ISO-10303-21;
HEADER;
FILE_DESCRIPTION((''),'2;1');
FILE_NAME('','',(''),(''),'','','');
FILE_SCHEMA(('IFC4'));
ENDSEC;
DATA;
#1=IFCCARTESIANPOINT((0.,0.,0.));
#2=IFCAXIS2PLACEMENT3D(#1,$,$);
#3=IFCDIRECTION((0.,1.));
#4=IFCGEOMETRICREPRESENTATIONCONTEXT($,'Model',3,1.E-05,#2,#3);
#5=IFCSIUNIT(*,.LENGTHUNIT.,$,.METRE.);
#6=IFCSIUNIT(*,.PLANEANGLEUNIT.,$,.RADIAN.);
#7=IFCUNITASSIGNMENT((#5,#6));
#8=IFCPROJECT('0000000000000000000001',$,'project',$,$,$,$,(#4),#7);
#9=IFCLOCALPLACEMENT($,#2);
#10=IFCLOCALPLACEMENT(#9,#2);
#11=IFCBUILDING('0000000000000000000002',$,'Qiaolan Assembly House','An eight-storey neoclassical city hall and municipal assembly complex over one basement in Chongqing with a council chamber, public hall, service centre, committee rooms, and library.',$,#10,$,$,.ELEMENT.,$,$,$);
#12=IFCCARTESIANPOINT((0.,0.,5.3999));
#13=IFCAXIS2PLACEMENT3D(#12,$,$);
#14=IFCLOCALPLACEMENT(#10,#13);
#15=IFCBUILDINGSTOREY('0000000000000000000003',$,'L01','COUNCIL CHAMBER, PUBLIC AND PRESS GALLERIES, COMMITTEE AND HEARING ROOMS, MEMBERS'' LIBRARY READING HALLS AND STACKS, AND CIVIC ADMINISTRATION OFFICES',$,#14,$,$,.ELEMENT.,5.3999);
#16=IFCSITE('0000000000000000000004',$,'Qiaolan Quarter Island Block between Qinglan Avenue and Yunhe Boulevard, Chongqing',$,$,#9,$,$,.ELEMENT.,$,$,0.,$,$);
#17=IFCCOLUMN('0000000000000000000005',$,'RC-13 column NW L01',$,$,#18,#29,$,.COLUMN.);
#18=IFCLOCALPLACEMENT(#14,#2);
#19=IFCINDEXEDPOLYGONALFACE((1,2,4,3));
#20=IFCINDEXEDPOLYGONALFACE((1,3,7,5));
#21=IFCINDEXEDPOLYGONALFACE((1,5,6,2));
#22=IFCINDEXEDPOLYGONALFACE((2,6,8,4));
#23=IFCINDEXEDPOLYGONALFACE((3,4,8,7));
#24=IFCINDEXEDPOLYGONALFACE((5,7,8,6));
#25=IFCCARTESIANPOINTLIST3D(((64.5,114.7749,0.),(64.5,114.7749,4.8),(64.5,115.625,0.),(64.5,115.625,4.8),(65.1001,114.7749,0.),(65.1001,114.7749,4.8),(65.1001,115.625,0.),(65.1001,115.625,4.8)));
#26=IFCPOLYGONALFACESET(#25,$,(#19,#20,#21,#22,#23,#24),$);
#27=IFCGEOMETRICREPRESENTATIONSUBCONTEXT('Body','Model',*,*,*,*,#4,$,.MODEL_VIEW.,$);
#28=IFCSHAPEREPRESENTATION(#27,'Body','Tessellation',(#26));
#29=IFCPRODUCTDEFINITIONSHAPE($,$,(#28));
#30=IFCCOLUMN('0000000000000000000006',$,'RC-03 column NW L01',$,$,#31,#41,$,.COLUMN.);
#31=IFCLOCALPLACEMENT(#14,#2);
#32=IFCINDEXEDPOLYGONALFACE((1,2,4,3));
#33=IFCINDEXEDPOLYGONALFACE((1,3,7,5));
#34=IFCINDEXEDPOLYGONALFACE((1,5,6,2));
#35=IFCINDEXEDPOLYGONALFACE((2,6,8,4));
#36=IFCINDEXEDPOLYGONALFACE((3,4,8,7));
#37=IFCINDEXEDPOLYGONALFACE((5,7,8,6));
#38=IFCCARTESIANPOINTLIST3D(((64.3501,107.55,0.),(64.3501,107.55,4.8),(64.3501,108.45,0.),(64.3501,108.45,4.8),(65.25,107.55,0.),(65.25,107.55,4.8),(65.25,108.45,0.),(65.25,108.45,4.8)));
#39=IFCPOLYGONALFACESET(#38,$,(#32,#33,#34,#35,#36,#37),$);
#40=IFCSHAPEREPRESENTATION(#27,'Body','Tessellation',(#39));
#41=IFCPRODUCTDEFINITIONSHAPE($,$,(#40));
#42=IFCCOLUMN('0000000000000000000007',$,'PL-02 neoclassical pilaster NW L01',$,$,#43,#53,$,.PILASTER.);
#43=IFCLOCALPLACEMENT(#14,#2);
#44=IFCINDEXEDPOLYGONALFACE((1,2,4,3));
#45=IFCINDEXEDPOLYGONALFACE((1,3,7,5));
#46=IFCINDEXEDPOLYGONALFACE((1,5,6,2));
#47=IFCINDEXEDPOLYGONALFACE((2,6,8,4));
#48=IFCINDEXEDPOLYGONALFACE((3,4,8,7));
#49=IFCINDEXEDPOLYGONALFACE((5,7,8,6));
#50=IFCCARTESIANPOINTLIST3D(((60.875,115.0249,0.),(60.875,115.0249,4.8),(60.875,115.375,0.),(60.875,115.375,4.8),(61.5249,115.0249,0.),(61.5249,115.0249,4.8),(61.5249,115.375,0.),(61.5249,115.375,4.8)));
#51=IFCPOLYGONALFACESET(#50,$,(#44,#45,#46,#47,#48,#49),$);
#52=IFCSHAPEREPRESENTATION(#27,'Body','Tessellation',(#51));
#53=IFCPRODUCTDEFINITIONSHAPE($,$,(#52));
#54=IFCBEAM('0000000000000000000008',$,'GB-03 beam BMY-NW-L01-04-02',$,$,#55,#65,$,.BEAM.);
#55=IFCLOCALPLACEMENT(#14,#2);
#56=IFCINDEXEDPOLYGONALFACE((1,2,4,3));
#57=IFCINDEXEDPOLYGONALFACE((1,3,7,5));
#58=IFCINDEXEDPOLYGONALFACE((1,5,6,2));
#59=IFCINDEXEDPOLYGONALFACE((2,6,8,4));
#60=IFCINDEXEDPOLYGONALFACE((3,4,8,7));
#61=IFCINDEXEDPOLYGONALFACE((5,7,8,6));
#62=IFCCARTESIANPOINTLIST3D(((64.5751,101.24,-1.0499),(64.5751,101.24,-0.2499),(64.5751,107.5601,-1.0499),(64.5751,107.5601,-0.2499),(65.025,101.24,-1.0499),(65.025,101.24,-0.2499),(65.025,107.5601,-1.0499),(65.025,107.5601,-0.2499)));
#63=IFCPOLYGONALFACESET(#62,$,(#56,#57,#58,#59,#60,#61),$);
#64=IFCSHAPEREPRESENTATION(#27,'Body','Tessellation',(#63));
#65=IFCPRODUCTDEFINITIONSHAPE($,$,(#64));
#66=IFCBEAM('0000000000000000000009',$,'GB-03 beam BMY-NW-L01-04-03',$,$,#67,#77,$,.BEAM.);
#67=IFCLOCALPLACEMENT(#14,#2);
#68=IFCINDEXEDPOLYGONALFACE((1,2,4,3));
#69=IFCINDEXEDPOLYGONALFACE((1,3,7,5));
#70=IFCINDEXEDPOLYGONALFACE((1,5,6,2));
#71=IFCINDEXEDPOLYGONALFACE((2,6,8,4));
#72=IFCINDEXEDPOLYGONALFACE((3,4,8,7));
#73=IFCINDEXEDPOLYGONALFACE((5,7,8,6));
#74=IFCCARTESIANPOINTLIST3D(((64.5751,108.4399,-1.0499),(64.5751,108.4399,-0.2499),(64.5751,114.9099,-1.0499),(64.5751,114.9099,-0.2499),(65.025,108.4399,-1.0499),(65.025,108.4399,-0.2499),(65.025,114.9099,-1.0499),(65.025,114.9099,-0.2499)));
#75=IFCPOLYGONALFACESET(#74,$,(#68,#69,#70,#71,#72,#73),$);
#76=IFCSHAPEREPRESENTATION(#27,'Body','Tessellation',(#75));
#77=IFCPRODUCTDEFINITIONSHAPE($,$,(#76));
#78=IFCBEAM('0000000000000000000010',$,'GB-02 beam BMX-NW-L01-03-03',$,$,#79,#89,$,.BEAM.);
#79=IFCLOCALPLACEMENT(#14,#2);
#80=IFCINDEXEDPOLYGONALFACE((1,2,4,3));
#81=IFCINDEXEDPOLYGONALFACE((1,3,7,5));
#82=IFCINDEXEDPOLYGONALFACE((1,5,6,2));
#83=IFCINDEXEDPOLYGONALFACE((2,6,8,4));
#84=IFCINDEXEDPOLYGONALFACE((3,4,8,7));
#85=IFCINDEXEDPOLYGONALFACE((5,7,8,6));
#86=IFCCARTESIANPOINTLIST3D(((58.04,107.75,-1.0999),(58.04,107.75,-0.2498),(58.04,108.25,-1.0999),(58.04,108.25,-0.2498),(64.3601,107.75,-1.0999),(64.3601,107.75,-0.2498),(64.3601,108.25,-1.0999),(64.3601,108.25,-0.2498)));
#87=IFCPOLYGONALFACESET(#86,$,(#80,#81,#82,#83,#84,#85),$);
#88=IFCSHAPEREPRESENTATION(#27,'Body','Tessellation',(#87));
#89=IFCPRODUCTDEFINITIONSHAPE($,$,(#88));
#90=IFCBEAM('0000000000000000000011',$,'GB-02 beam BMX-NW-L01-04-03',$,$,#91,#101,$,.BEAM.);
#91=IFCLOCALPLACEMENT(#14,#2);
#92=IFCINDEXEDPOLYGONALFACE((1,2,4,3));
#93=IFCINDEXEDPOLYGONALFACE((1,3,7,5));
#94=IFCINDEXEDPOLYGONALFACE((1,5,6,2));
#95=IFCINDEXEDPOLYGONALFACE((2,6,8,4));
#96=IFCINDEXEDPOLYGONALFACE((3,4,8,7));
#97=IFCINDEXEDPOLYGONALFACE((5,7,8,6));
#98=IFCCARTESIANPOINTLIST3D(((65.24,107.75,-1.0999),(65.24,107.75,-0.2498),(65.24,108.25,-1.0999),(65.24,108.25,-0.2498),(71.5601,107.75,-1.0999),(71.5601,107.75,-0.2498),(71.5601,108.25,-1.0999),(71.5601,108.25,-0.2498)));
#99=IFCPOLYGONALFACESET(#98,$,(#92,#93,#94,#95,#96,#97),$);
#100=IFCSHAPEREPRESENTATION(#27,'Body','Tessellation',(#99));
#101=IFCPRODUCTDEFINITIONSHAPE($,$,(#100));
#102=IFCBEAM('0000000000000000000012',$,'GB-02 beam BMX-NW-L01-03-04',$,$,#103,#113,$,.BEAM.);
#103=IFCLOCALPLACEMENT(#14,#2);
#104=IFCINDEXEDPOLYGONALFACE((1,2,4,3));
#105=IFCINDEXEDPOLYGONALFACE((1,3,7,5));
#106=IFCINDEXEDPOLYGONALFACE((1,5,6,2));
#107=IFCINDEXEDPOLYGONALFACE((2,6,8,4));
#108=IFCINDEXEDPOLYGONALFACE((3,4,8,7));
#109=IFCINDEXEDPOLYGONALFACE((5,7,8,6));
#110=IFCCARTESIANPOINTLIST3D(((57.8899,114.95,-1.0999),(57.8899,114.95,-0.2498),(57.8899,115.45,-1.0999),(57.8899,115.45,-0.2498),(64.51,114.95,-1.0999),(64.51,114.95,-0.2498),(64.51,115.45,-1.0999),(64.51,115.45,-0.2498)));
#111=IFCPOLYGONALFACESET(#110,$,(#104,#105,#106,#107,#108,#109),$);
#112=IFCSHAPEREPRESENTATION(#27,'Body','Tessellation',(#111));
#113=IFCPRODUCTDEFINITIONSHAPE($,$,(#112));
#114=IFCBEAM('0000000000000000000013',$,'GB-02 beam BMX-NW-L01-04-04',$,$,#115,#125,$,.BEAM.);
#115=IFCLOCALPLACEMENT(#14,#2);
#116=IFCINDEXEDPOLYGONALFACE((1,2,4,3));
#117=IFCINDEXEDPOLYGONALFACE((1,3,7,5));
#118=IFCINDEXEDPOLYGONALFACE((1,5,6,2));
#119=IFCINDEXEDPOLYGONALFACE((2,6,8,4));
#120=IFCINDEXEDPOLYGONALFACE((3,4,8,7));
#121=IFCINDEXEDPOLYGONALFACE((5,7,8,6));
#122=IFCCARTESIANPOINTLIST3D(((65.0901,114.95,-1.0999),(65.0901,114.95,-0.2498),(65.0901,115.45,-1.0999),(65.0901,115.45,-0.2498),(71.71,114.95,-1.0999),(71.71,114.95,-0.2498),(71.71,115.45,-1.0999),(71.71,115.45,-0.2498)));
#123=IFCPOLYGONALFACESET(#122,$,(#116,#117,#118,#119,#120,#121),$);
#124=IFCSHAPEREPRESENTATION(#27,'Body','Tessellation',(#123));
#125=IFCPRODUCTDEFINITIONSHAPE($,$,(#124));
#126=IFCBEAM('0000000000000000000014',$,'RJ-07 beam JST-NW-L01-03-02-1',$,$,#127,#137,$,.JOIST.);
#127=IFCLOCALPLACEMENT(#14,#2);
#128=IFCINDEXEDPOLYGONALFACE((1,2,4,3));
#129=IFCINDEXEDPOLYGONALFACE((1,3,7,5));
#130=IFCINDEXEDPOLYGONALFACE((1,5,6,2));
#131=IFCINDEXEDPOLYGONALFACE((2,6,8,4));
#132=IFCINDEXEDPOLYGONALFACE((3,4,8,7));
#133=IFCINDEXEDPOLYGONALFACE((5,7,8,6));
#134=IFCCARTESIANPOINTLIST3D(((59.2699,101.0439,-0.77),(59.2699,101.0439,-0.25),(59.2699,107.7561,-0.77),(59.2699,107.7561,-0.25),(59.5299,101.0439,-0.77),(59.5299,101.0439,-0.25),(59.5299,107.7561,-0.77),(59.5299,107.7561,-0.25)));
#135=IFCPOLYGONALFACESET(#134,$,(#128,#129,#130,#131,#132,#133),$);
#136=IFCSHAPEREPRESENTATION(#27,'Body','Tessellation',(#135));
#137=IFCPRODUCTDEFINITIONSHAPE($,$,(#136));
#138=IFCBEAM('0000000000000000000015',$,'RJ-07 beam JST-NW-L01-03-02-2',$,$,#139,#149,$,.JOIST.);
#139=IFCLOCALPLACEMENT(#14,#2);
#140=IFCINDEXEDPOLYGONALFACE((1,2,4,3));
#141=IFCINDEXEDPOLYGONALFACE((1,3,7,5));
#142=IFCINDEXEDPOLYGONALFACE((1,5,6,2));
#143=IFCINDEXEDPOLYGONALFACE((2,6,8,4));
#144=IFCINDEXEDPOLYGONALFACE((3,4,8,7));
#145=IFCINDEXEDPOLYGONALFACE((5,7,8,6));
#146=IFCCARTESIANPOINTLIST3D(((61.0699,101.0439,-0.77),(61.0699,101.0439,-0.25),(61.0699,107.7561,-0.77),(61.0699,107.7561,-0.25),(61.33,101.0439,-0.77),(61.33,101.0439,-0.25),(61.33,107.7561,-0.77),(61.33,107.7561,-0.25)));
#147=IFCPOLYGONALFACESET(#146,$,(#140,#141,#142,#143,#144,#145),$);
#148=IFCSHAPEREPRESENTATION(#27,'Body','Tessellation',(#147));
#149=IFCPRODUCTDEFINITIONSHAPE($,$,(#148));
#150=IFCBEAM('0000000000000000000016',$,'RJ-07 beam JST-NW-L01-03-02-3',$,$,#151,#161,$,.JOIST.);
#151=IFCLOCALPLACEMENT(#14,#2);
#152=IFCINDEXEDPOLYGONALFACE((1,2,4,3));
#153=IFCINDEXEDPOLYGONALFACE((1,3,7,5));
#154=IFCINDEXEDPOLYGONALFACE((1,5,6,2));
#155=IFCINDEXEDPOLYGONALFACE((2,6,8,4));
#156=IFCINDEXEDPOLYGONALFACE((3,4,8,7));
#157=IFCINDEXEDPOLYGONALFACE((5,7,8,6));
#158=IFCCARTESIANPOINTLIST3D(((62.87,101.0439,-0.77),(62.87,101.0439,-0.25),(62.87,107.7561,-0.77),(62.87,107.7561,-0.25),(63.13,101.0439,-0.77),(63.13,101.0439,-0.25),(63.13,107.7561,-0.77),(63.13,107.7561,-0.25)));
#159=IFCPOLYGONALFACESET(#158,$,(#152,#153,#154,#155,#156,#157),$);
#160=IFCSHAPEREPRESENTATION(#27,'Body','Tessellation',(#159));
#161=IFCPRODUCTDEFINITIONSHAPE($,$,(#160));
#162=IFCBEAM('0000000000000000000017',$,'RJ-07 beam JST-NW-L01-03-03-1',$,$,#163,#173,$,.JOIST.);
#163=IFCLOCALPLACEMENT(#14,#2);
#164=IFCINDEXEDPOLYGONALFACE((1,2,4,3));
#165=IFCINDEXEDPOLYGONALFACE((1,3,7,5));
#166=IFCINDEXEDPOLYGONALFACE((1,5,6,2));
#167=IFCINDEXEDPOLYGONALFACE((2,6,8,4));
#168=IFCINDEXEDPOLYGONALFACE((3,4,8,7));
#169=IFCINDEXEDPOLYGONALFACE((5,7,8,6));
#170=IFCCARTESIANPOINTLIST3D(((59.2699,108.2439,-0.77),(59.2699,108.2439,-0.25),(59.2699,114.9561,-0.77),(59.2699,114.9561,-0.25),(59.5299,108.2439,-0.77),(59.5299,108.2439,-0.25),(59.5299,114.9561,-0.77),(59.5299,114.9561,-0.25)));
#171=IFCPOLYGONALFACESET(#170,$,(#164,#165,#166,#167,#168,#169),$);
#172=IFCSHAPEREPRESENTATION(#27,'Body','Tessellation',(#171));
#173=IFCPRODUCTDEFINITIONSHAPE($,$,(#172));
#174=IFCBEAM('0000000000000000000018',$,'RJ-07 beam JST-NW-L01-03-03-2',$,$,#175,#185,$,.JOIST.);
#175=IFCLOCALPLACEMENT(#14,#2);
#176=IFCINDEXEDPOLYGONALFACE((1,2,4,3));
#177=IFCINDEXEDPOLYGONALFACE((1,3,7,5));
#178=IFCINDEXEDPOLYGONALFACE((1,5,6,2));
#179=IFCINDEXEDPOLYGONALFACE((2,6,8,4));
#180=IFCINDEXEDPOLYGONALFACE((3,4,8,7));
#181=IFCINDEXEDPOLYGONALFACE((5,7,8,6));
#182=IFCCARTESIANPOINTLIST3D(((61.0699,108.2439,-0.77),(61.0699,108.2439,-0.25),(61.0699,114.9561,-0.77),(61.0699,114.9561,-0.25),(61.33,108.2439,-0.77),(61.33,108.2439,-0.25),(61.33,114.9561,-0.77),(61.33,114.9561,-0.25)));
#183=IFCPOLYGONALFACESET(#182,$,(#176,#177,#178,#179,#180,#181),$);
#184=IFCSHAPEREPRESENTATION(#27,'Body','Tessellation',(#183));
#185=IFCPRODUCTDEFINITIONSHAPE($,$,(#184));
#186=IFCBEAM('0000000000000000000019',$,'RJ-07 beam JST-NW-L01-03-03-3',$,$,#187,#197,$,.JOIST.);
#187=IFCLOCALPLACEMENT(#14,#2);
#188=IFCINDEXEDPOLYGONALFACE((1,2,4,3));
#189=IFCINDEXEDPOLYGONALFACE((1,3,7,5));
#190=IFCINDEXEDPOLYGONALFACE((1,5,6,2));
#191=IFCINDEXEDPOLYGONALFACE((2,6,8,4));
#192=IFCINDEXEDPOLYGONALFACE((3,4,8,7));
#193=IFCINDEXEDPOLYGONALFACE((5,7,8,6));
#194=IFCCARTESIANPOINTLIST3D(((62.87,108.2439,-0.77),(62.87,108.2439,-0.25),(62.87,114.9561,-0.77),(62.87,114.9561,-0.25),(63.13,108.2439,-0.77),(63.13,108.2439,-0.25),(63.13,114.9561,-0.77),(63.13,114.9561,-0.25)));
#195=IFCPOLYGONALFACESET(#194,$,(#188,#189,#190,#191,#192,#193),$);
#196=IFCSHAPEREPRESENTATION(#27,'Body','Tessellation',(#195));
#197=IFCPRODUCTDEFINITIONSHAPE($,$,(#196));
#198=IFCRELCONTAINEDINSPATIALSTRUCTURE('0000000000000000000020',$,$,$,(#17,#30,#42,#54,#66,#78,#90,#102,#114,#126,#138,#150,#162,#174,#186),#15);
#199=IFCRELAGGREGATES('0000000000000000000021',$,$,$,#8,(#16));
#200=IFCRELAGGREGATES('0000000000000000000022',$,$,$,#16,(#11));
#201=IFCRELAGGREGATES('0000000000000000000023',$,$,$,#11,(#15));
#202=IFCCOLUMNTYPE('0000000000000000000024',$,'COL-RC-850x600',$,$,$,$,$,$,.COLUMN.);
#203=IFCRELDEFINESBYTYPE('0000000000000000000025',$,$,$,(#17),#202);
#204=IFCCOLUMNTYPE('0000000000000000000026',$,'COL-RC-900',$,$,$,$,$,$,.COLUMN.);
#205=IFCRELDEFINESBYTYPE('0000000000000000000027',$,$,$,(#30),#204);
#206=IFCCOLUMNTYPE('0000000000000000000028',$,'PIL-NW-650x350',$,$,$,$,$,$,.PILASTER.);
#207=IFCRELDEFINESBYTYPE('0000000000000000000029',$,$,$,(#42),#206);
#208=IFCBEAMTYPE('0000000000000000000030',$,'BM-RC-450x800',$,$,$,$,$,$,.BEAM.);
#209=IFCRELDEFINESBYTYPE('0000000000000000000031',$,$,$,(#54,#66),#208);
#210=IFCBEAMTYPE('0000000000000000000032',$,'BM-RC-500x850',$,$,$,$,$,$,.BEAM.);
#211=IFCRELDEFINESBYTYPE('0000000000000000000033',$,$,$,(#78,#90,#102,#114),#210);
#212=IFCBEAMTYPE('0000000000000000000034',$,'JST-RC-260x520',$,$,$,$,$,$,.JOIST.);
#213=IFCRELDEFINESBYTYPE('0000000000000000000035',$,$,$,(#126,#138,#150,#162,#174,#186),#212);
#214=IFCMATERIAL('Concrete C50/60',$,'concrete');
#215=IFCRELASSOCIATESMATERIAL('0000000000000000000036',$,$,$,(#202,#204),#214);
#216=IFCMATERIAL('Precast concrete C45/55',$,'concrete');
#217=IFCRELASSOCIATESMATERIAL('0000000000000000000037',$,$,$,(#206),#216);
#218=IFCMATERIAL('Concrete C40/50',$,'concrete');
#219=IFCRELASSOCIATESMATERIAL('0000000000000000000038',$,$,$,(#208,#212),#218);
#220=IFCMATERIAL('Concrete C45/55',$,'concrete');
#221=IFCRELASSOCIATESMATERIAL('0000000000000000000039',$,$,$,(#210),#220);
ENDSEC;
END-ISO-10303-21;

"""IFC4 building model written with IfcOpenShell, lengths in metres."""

from ifc_helpers import new_model, si_unit, direction, frame, origin, origin_2d, place, context, subcontext, project, spatial, rectangle, extrude, material, material_profile, profile_set, type_object, element, save


model = new_model("IFC4")

# Units and contexts
model_context = context("Model", 3, precision=1e-05, world=origin(), true_north=direction((0.0, 1.0)))
body_context = subcontext(model_context, "Body", "Model", "MODEL_VIEW")
ifc_project = project(units=[si_unit("LENGTHUNIT", "METRE"), si_unit("PLANEANGLEUNIT", "RADIAN")], contexts=[model_context])

# Site, building, storey
site_placement = place(None, origin())
site = spatial("IfcSite", under=ifc_project, at=site_placement, Name="Qiaolan Quarter Island Block between Qinglan Avenue and Yunhe Boulevard, Chongqing", CompositionType="ELEMENT", RefElevation=0.0)
building_placement = place(site_placement, origin())
building = spatial("IfcBuilding", under=site, at=building_placement, Name="Qiaolan Assembly House", Description="An eight-storey neoclassical city hall and municipal assembly complex over one basement in Chongqing with a council chamber, public hall, service centre, committee rooms, and library.", CompositionType="ELEMENT")
storey_placement = place(building_placement, frame((0.0, 0.0, 5.3999)))
storey = spatial("IfcBuildingStorey", under=building, at=storey_placement, Name="L01", Description="COUNCIL CHAMBER, PUBLIC AND PRESS GALLERIES, COMMITTEE AND HEARING ROOMS, MEMBERS' LIBRARY READING HALLS AND STACKS, AND CIVIC ADMINISTRATION OFFICES", CompositionType="ELEMENT", Elevation=5.3999)

# Columns
ifc_material_1 = material(Name="Concrete C50/60", Category="concrete")
ifc_material_profile_1 = material_profile(ifc_material_1, rectangle(XDim=0.6001, YDim=0.8501, at=origin_2d()), Name="RC 850x600")
ifc_profile_set_1 = profile_set([ifc_material_profile_1], Name="Concrete C50/60")
column_type_1 = type_object("IfcColumnType", Name="COL-RC-850x600", PredefinedType="COLUMN", material=ifc_profile_set_1)
column_1_placement = place(storey_placement, frame((64.8, 115.2, 0.0), z_axis=(0.0, 0.0, 1.0), x_axis=(1.0, 0.0, 0.0)))
element("IfcColumn", 1, at=column_1_placement, inside=storey, type_object=column_type_1, Name="RC-13 column NW L01", PredefinedType="COLUMN", context=body_context, shape_type="SweptSolid", body=[
    extrude(rectangle(XDim=0.6001, YDim=0.8501, at=origin_2d()), origin(), (0.0, 0.0, 1.0), 4.8),
])
ifc_material_profile_2 = material_profile(ifc_material_1, rectangle(XDim=0.8999, YDim=0.8999, at=origin_2d()), Name="RC 900x900")
ifc_profile_set_2 = profile_set([ifc_material_profile_2], Name="Concrete C50/60")
column_type_2 = type_object("IfcColumnType", Name="COL-RC-900", PredefinedType="COLUMN", material=ifc_profile_set_2)
column_2_placement = place(storey_placement, frame((64.8, 108.0, 0.0), z_axis=(0.0, 0.0, 1.0), x_axis=(1.0, 0.0, 0.0)))
element("IfcColumn", 2, at=column_2_placement, inside=storey, type_object=column_type_2, Name="RC-03 column NW L01", PredefinedType="COLUMN", context=body_context, shape_type="SweptSolid", body=[
    extrude(rectangle(XDim=0.8999, YDim=0.8999, at=origin_2d()), origin(), (0.0, 0.0, 1.0), 4.8),
])
ifc_material_2 = material(Name="Precast concrete C45/55", Category="concrete")
ifc_material_profile_3 = material_profile(ifc_material_2, rectangle(XDim=0.6499, YDim=0.3501, at=origin_2d()), Name="PIL 650x350")
ifc_profile_set_3 = profile_set([ifc_material_profile_3], Name="Precast concrete C45/55")
column_type_3 = type_object("IfcColumnType", Name="PIL-NW-650x350", PredefinedType="PILASTER", material=ifc_profile_set_3)
column_3_placement = place(storey_placement, frame((61.2, 115.2, 0.0), z_axis=(0.0, 0.0, 1.0), x_axis=(1.0, 0.0, 0.0)))
element("IfcColumn", 3, at=column_3_placement, inside=storey, type_object=column_type_3, Name="PL-02 neoclassical pilaster NW L01", PredefinedType="PILASTER", context=body_context, shape_type="SweptSolid", body=[
    extrude(rectangle(XDim=0.6499, YDim=0.3501, at=origin_2d()), origin(), (0.0, 0.0, 1.0), 4.8),
])

# Beams
ifc_material_3 = material(Name="Concrete C40/50", Category="concrete")
ifc_material_profile_4 = material_profile(ifc_material_3, rectangle(XDim=0.45, YDim=0.8, at=origin_2d()), Name="RCB 450x800")
ifc_profile_set_4 = profile_set([ifc_material_profile_4], Name="Concrete C40/50")
beam_type_1 = type_object("IfcBeamType", Name="BM-RC-450x800", PredefinedType="BEAM", material=ifc_profile_set_4)
beam_1_placement = place(storey_placement, frame((64.8, 101.24, -0.6499), z_axis=(0.0, 1.0, 0.0), x_axis=(-1.0, 0.0, 0.0)))
element("IfcBeam", 4, at=beam_1_placement, inside=storey, type_object=beam_type_1, Name="GB-03 beam BMY-NW-L01-04-02", PredefinedType="BEAM", context=body_context, shape_type="SweptSolid", body=[
    extrude(rectangle(XDim=0.45, YDim=0.8, at=origin_2d()), origin(), (0.0, 0.0, 1.0), 6.3201),
])
beam_2_placement = place(storey_placement, frame((64.8, 108.4399, -0.6499), z_axis=(0.0, 1.0, 0.0), x_axis=(-1.0, 0.0, 0.0)))
element("IfcBeam", 5, at=beam_2_placement, inside=storey, type_object=beam_type_1, Name="GB-03 beam BMY-NW-L01-04-03", PredefinedType="BEAM", context=body_context, shape_type="SweptSolid", body=[
    extrude(rectangle(XDim=0.45, YDim=0.8, at=origin_2d()), origin(), (0.0, 0.0, 1.0), 6.47),
])
ifc_material_4 = material(Name="Concrete C45/55", Category="concrete")
ifc_material_profile_5 = material_profile(ifc_material_4, rectangle(XDim=0.5, YDim=0.8501, at=origin_2d()), Name="RCB 500x850")
ifc_profile_set_5 = profile_set([ifc_material_profile_5], Name="Concrete C45/55")
beam_type_2 = type_object("IfcBeamType", Name="BM-RC-500x850", PredefinedType="BEAM", material=ifc_profile_set_5)
for number, where, z_axis, x_axis, name in (
    (6, (58.04, 108.0, -0.6748), (1.0, 0.0, 0.0), (0.0, 1.0, 0.0), "GB-02 beam BMX-NW-L01-03-03"),
    (7, (65.24, 108.0, -0.6748), (1.0, 0.0, 0.0), (0.0, 1.0, 0.0), "GB-02 beam BMX-NW-L01-04-03"),
):
    element("IfcBeam", number, at=place(storey_placement, frame(where, z_axis=z_axis, x_axis=x_axis)), inside=storey, type_object=beam_type_2, Name=name, PredefinedType="BEAM", context=body_context, shape_type="SweptSolid", body=[
        extrude(rectangle(XDim=0.5, YDim=0.8501, at=origin_2d()), origin(), (0.0, 0.0, 1.0), 6.3201),
    ])
beam_3_placement = place(storey_placement, frame((57.8899, 115.2, -0.6748), z_axis=(1.0, 0.0, 0.0), x_axis=(0.0, 1.0, 0.0)))
element("IfcBeam", 8, at=beam_3_placement, inside=storey, type_object=beam_type_2, Name="GB-02 beam BMX-NW-L01-03-04", PredefinedType="BEAM", context=body_context, shape_type="SweptSolid", body=[
    extrude(rectangle(XDim=0.5, YDim=0.8501, at=origin_2d()), origin(), (0.0, 0.0, 1.0), 6.6201),
])
beam_4_placement = place(storey_placement, frame((65.0901, 115.2, -0.6748), z_axis=(1.0, 0.0, 0.0), x_axis=(0.0, 1.0, 0.0)))
element("IfcBeam", 9, at=beam_4_placement, inside=storey, type_object=beam_type_2, Name="GB-02 beam BMX-NW-L01-04-04", PredefinedType="BEAM", context=body_context, shape_type="SweptSolid", body=[
    extrude(rectangle(XDim=0.5, YDim=0.8501, at=origin_2d()), origin(), (0.0, 0.0, 1.0), 6.6199),
])
ifc_material_profile_6 = material_profile(ifc_material_3, rectangle(XDim=0.26, YDim=0.52, at=origin_2d()), Name="RCB 260x520")
ifc_profile_set_6 = profile_set([ifc_material_profile_6], Name="Concrete C40/50")
beam_type_3 = type_object("IfcBeamType", Name="JST-RC-260x520", PredefinedType="JOIST", material=ifc_profile_set_6)
for number, where, z_axis, x_axis, name in (
    (10, (59.3999, 101.0439, -0.51), (0.0, 1.0, 0.0), (-1.0, 0.0, 0.0), "RJ-07 beam JST-NW-L01-03-02-1"),
    (11, (61.2, 101.0439, -0.51), (0.0, 1.0, 0.0), (-1.0, 0.0, 0.0), "RJ-07 beam JST-NW-L01-03-02-2"),
    (12, (63.0, 101.0439, -0.51), (0.0, 1.0, 0.0), (-1.0, 0.0, 0.0), "RJ-07 beam JST-NW-L01-03-02-3"),
    (13, (59.3999, 108.2439, -0.51), (0.0, 1.0, 0.0), (-1.0, 0.0, 0.0), "RJ-07 beam JST-NW-L01-03-03-1"),
    (14, (61.2, 108.2439, -0.51), (0.0, 1.0, 0.0), (-1.0, 0.0, 0.0), "RJ-07 beam JST-NW-L01-03-03-2"),
    (15, (63.0, 108.2439, -0.51), (0.0, 1.0, 0.0), (-1.0, 0.0, 0.0), "RJ-07 beam JST-NW-L01-03-03-3"),
):
    element("IfcBeam", number, at=place(storey_placement, frame(where, z_axis=z_axis, x_axis=x_axis)), inside=storey, type_object=beam_type_3, Name=name, PredefinedType="JOIST", context=body_context, shape_type="SweptSolid", body=[
        extrude(rectangle(XDim=0.26, YDim=0.52, at=origin_2d()), origin(), (0.0, 0.0, 1.0), 6.7122),
    ])

save(model, "model.ifc")
